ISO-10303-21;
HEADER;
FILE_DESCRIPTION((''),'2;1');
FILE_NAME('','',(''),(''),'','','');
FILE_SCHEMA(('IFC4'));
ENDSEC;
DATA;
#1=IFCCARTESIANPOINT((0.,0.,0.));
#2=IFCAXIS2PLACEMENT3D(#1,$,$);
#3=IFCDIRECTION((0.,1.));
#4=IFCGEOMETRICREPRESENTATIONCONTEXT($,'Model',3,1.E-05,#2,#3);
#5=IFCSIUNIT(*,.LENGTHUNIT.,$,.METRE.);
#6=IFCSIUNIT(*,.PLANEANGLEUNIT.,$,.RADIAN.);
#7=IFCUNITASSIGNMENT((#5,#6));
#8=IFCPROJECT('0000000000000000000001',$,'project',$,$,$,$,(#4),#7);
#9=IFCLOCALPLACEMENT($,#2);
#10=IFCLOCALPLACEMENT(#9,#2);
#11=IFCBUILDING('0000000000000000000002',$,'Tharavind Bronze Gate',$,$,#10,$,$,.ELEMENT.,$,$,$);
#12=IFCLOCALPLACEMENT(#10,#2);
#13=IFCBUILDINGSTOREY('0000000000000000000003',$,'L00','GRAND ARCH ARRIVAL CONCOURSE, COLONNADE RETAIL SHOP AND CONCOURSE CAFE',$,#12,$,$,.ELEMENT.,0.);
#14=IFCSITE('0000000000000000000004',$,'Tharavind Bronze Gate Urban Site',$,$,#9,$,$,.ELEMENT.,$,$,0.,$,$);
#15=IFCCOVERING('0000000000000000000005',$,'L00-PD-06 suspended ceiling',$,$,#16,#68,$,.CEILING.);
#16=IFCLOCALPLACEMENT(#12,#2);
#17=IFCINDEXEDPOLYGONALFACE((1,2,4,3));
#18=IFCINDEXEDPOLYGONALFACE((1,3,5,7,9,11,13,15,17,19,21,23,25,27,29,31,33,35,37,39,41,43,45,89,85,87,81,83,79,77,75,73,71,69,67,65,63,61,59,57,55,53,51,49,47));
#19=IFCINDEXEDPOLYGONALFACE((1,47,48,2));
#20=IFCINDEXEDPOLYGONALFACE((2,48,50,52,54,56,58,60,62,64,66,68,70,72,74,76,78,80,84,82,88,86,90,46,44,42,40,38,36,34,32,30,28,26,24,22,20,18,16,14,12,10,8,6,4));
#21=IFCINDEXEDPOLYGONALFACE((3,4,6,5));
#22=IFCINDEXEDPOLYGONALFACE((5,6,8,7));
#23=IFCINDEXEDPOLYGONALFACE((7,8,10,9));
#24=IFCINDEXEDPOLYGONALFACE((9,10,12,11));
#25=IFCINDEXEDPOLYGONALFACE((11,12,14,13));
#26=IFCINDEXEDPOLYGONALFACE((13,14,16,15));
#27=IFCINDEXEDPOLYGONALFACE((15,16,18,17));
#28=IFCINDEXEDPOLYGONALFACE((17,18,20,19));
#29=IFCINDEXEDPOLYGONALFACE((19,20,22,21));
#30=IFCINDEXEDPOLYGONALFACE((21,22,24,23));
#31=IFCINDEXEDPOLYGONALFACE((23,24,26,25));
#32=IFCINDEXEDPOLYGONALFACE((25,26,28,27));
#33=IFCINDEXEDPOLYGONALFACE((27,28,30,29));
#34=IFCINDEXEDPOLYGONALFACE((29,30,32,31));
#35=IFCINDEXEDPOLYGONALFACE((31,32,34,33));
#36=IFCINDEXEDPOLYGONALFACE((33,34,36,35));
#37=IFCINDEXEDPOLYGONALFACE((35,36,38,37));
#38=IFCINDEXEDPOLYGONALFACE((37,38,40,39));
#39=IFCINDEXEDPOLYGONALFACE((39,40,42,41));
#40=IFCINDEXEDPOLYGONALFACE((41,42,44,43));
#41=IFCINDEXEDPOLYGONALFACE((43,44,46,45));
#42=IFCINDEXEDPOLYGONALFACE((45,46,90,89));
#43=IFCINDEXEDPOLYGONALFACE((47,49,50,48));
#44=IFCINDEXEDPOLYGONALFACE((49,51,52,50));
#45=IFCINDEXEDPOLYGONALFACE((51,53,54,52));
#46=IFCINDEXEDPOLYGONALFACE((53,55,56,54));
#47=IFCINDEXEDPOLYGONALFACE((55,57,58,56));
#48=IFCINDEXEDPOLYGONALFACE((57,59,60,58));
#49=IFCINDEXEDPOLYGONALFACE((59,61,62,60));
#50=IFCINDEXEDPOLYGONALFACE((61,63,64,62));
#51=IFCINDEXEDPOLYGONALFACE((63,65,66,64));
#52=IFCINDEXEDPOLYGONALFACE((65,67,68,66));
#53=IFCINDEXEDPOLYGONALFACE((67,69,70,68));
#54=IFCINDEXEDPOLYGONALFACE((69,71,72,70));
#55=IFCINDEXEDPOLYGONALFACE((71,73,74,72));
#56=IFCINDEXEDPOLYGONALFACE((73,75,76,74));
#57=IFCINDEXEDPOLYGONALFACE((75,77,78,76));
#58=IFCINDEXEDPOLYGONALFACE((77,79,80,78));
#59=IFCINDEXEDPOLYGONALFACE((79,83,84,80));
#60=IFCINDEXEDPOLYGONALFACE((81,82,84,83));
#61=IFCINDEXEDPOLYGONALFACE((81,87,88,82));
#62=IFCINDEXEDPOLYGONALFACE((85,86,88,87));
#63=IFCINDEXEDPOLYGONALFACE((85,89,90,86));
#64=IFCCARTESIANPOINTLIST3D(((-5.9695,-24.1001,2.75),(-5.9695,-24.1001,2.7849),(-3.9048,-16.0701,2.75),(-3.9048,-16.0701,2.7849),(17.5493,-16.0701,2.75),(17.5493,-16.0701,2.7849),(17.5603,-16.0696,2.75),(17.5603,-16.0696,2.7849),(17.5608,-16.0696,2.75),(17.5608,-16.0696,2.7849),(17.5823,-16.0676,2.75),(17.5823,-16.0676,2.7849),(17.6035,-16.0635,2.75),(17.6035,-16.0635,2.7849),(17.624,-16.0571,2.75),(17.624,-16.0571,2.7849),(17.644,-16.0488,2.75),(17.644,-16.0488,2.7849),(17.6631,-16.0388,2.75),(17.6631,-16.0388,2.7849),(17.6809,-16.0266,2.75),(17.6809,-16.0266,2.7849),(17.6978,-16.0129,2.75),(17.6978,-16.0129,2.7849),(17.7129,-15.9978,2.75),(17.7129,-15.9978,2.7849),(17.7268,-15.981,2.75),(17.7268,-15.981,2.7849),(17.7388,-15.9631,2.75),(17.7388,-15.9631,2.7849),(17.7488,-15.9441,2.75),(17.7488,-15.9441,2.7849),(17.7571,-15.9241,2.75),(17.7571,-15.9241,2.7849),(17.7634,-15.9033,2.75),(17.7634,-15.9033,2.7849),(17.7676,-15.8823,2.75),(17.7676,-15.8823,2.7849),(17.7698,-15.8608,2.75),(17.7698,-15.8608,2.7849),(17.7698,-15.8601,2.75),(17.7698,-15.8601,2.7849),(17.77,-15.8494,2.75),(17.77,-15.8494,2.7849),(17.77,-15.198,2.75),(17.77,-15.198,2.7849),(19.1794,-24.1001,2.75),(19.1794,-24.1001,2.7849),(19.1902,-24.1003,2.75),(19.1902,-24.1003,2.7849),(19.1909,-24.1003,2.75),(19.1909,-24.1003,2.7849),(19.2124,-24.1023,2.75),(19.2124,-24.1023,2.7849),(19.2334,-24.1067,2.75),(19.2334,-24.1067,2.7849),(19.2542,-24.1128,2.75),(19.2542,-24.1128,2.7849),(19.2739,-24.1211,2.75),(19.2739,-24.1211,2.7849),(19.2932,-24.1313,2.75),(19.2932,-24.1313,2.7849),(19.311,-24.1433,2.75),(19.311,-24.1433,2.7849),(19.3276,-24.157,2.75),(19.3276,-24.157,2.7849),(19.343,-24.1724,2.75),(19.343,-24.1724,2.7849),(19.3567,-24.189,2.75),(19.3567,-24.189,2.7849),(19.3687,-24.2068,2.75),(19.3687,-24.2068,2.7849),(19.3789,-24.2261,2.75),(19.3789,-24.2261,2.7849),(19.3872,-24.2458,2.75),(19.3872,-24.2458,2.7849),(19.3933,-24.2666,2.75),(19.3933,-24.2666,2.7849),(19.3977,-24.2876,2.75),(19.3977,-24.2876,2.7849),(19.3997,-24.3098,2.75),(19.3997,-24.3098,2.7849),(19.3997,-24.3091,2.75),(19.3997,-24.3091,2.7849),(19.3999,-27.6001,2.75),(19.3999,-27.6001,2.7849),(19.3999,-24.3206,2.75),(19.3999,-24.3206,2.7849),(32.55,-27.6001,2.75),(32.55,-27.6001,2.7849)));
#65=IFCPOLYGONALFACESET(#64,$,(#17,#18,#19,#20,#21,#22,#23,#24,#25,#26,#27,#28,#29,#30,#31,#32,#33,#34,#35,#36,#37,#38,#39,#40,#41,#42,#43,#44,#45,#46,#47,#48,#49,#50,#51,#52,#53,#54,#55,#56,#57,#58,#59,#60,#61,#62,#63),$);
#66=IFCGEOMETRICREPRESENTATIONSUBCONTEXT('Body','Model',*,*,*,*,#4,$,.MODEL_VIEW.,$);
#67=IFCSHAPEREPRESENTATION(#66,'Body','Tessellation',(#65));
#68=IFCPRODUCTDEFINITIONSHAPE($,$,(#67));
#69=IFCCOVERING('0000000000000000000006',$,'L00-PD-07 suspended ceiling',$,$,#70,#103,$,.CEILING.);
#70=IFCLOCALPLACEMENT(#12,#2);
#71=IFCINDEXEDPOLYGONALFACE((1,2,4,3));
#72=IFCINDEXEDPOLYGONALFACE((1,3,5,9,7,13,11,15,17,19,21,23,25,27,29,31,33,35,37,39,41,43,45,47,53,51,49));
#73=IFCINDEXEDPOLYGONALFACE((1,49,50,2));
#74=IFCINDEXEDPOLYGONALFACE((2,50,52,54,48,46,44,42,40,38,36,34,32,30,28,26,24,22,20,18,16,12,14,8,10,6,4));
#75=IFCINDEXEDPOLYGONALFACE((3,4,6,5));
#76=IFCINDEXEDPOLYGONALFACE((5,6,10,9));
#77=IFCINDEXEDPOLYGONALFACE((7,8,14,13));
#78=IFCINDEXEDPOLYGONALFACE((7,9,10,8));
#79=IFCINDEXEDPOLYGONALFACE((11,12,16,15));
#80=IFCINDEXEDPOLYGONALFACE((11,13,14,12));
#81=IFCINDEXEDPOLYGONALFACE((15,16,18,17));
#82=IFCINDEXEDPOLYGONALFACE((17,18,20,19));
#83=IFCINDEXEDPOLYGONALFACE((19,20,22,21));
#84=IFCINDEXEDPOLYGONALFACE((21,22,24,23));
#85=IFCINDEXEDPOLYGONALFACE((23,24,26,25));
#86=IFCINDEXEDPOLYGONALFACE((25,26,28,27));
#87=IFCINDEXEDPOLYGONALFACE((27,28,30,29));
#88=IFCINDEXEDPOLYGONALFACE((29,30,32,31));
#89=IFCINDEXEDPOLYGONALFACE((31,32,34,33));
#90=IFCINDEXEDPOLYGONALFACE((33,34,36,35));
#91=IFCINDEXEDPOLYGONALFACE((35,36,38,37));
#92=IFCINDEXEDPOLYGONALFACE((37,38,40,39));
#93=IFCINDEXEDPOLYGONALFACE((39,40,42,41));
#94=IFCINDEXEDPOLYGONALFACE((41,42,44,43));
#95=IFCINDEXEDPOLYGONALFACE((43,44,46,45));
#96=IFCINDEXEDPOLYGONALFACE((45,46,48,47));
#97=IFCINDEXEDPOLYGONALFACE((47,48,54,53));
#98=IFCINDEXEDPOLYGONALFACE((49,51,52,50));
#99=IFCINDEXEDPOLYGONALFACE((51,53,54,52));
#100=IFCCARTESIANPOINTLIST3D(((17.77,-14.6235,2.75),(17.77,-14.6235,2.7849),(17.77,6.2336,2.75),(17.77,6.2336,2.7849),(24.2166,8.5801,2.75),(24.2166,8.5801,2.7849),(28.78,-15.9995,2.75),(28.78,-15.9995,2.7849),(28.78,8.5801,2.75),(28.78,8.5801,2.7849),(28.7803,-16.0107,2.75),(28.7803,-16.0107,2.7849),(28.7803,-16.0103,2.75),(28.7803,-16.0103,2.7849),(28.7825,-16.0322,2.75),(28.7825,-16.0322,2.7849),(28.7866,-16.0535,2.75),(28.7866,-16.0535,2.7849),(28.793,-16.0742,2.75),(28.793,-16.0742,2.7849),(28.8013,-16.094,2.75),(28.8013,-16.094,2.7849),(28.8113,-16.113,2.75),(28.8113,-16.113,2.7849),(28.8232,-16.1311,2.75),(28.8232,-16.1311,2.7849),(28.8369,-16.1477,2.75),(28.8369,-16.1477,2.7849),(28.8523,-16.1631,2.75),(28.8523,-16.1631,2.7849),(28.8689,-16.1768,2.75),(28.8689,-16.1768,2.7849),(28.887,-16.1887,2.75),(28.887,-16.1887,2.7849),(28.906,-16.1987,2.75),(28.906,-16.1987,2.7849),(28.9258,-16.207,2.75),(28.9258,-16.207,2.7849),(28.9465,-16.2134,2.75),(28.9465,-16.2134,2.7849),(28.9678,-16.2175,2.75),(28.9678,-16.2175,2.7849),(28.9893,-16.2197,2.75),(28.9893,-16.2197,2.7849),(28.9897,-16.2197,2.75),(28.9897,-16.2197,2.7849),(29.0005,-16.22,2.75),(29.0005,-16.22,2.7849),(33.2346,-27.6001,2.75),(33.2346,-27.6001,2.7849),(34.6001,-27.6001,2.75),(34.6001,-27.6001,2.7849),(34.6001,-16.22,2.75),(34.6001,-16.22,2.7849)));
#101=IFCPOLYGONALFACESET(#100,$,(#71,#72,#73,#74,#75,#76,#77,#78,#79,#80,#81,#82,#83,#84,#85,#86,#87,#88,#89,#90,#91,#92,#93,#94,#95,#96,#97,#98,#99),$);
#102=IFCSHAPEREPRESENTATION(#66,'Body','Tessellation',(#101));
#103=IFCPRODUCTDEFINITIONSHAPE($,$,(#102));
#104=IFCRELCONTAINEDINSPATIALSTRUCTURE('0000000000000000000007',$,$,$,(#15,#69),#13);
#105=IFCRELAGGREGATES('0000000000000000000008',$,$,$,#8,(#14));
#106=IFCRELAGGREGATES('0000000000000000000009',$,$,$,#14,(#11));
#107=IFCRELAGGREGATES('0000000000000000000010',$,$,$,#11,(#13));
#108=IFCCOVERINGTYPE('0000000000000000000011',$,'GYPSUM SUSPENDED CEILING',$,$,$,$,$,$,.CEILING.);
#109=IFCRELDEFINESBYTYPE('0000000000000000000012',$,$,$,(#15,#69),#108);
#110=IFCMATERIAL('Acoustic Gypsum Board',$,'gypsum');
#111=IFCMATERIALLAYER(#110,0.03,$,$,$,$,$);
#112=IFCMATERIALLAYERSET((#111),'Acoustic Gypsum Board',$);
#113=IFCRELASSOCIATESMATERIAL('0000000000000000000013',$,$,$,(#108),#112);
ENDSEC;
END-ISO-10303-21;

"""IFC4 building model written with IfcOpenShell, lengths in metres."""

from ifc_helpers import new_model, si_unit, direction, frame, origin, place, context, subcontext, project, spatial, polyline, outline, extrude, material, layer, layer_set, type_object, element, save


model = new_model("IFC4")

# Units and contexts
model_context = context("Model", 3, precision=1e-05, world=origin(), true_north=direction((0.0, 1.0)))
body_context = subcontext(model_context, "Body", "Model", "MODEL_VIEW")
ifc_project = project(units=[si_unit("LENGTHUNIT", "METRE"), si_unit("PLANEANGLEUNIT", "RADIAN")], contexts=[model_context])

# Site, building, storey
site_placement = place(None, origin())
site = spatial("IfcSite", under=ifc_project, at=site_placement, Name="Tharavind Bronze Gate Urban Site", CompositionType="ELEMENT", RefElevation=0.0)
building_placement = place(site_placement, origin())
building = spatial("IfcBuilding", under=site, at=building_placement, Name="Tharavind Bronze Gate", CompositionType="ELEMENT")
storey_placement = place(building_placement, origin())
storey = spatial("IfcBuildingStorey", under=building, at=storey_placement, Name="L00", Description="GRAND ARCH ARRIVAL CONCOURSE, COLONNADE RETAIL SHOP AND CONCOURSE CAFE", CompositionType="ELEMENT", Elevation=0.0)

# Coverings
ifc_material_1 = material(Name="Acoustic Gypsum Board", Category="gypsum")
ifc_layer_1 = layer(ifc_material_1, 0.03)
ifc_layer_set_1 = layer_set([ifc_layer_1], Name="Acoustic Gypsum Board")
covering_type_1 = type_object("IfcCoveringType", Name="GYPSUM SUSPENDED CEILING", PredefinedType="CEILING", material=ifc_layer_set_1)
covering_1_placement = place(storey_placement, frame((0.0, 0.0, 2.75)))
element("IfcCovering", 1, at=covering_1_placement, inside=storey, type_object=covering_type_1, Name="L00-PD-06 suspended ceiling", PredefinedType="CEILING", context=body_context, shape_type="SweptSolid", body=[
    extrude(outline(polyline([(19.1794, -24.1001), (19.1902, -24.1003), (19.1909, -24.1003), (19.2124, -24.1023), (19.2334, -24.1067), (19.2542, -24.1128), (19.2739, -24.1211), (19.2932, -24.1313), (19.311, -24.1433), (19.3276, -24.157), (19.343, -24.1724), (19.3567, -24.189), (19.3687, -24.2068), (19.3789, -24.2261), (19.3872, -24.2458), (19.3933, -24.2666), (19.3977, -24.2876), (19.3997, -24.3091), (19.3997, -24.3098), (19.3999, -24.3206), (19.3999, -27.6001), (32.55, -27.6001), (17.77, -15.198), (17.77, -15.8494), (17.7698, -15.8601), (17.7698, -15.8608), (17.7676, -15.8823), (17.7634, -15.9033), (17.7571, -15.9241), (17.7488, -15.9441), (17.7388, -15.9631), (17.7268, -15.981), (17.7129, -15.9978), (17.6978, -16.0129), (17.6809, -16.0266), (17.6631, -16.0388), (17.644, -16.0488), (17.624, -16.0571), (17.6035, -16.0635), (17.5823, -16.0676), (17.5608, -16.0696), (17.5603, -16.0696), (17.5493, -16.0701), (-3.9048, -16.0701), (-5.9695, -24.1001), (19.1794, -24.1001)])), origin(), (0.0, 0.0, 1.0), 0.0349),
])
covering_2_placement = place(storey_placement, frame((0.0, 0.0, 2.75)))
element("IfcCovering", 2, at=covering_2_placement, inside=storey, type_object=covering_type_1, Name="L00-PD-07 suspended ceiling", PredefinedType="CEILING", context=body_context, shape_type="SweptSolid", body=[
    extrude(outline(polyline([(17.77, -14.6235), (33.2346, -27.6001), (34.6001, -27.6001), (34.6001, -16.22), (29.0005, -16.22), (28.9897, -16.2197), (28.9893, -16.2197), (28.9678, -16.2175), (28.9465, -16.2134), (28.9258, -16.207), (28.906, -16.1987), (28.887, -16.1887), (28.8689, -16.1768), (28.8523, -16.1631), (28.8369, -16.1477), (28.8232, -16.1311), (28.8113, -16.113), (28.8013, -16.094), (28.793, -16.0742), (28.7866, -16.0535), (28.7825, -16.0322), (28.7803, -16.0107), (28.7803, -16.0103), (28.78, -15.9995), (28.78, 8.5801), (24.2166, 8.5801), (17.77, 6.2336), (17.77, -14.6235)])), origin(), (0.0, 0.0, 1.0), 0.0349),
])

save(model, "model.ifc")
